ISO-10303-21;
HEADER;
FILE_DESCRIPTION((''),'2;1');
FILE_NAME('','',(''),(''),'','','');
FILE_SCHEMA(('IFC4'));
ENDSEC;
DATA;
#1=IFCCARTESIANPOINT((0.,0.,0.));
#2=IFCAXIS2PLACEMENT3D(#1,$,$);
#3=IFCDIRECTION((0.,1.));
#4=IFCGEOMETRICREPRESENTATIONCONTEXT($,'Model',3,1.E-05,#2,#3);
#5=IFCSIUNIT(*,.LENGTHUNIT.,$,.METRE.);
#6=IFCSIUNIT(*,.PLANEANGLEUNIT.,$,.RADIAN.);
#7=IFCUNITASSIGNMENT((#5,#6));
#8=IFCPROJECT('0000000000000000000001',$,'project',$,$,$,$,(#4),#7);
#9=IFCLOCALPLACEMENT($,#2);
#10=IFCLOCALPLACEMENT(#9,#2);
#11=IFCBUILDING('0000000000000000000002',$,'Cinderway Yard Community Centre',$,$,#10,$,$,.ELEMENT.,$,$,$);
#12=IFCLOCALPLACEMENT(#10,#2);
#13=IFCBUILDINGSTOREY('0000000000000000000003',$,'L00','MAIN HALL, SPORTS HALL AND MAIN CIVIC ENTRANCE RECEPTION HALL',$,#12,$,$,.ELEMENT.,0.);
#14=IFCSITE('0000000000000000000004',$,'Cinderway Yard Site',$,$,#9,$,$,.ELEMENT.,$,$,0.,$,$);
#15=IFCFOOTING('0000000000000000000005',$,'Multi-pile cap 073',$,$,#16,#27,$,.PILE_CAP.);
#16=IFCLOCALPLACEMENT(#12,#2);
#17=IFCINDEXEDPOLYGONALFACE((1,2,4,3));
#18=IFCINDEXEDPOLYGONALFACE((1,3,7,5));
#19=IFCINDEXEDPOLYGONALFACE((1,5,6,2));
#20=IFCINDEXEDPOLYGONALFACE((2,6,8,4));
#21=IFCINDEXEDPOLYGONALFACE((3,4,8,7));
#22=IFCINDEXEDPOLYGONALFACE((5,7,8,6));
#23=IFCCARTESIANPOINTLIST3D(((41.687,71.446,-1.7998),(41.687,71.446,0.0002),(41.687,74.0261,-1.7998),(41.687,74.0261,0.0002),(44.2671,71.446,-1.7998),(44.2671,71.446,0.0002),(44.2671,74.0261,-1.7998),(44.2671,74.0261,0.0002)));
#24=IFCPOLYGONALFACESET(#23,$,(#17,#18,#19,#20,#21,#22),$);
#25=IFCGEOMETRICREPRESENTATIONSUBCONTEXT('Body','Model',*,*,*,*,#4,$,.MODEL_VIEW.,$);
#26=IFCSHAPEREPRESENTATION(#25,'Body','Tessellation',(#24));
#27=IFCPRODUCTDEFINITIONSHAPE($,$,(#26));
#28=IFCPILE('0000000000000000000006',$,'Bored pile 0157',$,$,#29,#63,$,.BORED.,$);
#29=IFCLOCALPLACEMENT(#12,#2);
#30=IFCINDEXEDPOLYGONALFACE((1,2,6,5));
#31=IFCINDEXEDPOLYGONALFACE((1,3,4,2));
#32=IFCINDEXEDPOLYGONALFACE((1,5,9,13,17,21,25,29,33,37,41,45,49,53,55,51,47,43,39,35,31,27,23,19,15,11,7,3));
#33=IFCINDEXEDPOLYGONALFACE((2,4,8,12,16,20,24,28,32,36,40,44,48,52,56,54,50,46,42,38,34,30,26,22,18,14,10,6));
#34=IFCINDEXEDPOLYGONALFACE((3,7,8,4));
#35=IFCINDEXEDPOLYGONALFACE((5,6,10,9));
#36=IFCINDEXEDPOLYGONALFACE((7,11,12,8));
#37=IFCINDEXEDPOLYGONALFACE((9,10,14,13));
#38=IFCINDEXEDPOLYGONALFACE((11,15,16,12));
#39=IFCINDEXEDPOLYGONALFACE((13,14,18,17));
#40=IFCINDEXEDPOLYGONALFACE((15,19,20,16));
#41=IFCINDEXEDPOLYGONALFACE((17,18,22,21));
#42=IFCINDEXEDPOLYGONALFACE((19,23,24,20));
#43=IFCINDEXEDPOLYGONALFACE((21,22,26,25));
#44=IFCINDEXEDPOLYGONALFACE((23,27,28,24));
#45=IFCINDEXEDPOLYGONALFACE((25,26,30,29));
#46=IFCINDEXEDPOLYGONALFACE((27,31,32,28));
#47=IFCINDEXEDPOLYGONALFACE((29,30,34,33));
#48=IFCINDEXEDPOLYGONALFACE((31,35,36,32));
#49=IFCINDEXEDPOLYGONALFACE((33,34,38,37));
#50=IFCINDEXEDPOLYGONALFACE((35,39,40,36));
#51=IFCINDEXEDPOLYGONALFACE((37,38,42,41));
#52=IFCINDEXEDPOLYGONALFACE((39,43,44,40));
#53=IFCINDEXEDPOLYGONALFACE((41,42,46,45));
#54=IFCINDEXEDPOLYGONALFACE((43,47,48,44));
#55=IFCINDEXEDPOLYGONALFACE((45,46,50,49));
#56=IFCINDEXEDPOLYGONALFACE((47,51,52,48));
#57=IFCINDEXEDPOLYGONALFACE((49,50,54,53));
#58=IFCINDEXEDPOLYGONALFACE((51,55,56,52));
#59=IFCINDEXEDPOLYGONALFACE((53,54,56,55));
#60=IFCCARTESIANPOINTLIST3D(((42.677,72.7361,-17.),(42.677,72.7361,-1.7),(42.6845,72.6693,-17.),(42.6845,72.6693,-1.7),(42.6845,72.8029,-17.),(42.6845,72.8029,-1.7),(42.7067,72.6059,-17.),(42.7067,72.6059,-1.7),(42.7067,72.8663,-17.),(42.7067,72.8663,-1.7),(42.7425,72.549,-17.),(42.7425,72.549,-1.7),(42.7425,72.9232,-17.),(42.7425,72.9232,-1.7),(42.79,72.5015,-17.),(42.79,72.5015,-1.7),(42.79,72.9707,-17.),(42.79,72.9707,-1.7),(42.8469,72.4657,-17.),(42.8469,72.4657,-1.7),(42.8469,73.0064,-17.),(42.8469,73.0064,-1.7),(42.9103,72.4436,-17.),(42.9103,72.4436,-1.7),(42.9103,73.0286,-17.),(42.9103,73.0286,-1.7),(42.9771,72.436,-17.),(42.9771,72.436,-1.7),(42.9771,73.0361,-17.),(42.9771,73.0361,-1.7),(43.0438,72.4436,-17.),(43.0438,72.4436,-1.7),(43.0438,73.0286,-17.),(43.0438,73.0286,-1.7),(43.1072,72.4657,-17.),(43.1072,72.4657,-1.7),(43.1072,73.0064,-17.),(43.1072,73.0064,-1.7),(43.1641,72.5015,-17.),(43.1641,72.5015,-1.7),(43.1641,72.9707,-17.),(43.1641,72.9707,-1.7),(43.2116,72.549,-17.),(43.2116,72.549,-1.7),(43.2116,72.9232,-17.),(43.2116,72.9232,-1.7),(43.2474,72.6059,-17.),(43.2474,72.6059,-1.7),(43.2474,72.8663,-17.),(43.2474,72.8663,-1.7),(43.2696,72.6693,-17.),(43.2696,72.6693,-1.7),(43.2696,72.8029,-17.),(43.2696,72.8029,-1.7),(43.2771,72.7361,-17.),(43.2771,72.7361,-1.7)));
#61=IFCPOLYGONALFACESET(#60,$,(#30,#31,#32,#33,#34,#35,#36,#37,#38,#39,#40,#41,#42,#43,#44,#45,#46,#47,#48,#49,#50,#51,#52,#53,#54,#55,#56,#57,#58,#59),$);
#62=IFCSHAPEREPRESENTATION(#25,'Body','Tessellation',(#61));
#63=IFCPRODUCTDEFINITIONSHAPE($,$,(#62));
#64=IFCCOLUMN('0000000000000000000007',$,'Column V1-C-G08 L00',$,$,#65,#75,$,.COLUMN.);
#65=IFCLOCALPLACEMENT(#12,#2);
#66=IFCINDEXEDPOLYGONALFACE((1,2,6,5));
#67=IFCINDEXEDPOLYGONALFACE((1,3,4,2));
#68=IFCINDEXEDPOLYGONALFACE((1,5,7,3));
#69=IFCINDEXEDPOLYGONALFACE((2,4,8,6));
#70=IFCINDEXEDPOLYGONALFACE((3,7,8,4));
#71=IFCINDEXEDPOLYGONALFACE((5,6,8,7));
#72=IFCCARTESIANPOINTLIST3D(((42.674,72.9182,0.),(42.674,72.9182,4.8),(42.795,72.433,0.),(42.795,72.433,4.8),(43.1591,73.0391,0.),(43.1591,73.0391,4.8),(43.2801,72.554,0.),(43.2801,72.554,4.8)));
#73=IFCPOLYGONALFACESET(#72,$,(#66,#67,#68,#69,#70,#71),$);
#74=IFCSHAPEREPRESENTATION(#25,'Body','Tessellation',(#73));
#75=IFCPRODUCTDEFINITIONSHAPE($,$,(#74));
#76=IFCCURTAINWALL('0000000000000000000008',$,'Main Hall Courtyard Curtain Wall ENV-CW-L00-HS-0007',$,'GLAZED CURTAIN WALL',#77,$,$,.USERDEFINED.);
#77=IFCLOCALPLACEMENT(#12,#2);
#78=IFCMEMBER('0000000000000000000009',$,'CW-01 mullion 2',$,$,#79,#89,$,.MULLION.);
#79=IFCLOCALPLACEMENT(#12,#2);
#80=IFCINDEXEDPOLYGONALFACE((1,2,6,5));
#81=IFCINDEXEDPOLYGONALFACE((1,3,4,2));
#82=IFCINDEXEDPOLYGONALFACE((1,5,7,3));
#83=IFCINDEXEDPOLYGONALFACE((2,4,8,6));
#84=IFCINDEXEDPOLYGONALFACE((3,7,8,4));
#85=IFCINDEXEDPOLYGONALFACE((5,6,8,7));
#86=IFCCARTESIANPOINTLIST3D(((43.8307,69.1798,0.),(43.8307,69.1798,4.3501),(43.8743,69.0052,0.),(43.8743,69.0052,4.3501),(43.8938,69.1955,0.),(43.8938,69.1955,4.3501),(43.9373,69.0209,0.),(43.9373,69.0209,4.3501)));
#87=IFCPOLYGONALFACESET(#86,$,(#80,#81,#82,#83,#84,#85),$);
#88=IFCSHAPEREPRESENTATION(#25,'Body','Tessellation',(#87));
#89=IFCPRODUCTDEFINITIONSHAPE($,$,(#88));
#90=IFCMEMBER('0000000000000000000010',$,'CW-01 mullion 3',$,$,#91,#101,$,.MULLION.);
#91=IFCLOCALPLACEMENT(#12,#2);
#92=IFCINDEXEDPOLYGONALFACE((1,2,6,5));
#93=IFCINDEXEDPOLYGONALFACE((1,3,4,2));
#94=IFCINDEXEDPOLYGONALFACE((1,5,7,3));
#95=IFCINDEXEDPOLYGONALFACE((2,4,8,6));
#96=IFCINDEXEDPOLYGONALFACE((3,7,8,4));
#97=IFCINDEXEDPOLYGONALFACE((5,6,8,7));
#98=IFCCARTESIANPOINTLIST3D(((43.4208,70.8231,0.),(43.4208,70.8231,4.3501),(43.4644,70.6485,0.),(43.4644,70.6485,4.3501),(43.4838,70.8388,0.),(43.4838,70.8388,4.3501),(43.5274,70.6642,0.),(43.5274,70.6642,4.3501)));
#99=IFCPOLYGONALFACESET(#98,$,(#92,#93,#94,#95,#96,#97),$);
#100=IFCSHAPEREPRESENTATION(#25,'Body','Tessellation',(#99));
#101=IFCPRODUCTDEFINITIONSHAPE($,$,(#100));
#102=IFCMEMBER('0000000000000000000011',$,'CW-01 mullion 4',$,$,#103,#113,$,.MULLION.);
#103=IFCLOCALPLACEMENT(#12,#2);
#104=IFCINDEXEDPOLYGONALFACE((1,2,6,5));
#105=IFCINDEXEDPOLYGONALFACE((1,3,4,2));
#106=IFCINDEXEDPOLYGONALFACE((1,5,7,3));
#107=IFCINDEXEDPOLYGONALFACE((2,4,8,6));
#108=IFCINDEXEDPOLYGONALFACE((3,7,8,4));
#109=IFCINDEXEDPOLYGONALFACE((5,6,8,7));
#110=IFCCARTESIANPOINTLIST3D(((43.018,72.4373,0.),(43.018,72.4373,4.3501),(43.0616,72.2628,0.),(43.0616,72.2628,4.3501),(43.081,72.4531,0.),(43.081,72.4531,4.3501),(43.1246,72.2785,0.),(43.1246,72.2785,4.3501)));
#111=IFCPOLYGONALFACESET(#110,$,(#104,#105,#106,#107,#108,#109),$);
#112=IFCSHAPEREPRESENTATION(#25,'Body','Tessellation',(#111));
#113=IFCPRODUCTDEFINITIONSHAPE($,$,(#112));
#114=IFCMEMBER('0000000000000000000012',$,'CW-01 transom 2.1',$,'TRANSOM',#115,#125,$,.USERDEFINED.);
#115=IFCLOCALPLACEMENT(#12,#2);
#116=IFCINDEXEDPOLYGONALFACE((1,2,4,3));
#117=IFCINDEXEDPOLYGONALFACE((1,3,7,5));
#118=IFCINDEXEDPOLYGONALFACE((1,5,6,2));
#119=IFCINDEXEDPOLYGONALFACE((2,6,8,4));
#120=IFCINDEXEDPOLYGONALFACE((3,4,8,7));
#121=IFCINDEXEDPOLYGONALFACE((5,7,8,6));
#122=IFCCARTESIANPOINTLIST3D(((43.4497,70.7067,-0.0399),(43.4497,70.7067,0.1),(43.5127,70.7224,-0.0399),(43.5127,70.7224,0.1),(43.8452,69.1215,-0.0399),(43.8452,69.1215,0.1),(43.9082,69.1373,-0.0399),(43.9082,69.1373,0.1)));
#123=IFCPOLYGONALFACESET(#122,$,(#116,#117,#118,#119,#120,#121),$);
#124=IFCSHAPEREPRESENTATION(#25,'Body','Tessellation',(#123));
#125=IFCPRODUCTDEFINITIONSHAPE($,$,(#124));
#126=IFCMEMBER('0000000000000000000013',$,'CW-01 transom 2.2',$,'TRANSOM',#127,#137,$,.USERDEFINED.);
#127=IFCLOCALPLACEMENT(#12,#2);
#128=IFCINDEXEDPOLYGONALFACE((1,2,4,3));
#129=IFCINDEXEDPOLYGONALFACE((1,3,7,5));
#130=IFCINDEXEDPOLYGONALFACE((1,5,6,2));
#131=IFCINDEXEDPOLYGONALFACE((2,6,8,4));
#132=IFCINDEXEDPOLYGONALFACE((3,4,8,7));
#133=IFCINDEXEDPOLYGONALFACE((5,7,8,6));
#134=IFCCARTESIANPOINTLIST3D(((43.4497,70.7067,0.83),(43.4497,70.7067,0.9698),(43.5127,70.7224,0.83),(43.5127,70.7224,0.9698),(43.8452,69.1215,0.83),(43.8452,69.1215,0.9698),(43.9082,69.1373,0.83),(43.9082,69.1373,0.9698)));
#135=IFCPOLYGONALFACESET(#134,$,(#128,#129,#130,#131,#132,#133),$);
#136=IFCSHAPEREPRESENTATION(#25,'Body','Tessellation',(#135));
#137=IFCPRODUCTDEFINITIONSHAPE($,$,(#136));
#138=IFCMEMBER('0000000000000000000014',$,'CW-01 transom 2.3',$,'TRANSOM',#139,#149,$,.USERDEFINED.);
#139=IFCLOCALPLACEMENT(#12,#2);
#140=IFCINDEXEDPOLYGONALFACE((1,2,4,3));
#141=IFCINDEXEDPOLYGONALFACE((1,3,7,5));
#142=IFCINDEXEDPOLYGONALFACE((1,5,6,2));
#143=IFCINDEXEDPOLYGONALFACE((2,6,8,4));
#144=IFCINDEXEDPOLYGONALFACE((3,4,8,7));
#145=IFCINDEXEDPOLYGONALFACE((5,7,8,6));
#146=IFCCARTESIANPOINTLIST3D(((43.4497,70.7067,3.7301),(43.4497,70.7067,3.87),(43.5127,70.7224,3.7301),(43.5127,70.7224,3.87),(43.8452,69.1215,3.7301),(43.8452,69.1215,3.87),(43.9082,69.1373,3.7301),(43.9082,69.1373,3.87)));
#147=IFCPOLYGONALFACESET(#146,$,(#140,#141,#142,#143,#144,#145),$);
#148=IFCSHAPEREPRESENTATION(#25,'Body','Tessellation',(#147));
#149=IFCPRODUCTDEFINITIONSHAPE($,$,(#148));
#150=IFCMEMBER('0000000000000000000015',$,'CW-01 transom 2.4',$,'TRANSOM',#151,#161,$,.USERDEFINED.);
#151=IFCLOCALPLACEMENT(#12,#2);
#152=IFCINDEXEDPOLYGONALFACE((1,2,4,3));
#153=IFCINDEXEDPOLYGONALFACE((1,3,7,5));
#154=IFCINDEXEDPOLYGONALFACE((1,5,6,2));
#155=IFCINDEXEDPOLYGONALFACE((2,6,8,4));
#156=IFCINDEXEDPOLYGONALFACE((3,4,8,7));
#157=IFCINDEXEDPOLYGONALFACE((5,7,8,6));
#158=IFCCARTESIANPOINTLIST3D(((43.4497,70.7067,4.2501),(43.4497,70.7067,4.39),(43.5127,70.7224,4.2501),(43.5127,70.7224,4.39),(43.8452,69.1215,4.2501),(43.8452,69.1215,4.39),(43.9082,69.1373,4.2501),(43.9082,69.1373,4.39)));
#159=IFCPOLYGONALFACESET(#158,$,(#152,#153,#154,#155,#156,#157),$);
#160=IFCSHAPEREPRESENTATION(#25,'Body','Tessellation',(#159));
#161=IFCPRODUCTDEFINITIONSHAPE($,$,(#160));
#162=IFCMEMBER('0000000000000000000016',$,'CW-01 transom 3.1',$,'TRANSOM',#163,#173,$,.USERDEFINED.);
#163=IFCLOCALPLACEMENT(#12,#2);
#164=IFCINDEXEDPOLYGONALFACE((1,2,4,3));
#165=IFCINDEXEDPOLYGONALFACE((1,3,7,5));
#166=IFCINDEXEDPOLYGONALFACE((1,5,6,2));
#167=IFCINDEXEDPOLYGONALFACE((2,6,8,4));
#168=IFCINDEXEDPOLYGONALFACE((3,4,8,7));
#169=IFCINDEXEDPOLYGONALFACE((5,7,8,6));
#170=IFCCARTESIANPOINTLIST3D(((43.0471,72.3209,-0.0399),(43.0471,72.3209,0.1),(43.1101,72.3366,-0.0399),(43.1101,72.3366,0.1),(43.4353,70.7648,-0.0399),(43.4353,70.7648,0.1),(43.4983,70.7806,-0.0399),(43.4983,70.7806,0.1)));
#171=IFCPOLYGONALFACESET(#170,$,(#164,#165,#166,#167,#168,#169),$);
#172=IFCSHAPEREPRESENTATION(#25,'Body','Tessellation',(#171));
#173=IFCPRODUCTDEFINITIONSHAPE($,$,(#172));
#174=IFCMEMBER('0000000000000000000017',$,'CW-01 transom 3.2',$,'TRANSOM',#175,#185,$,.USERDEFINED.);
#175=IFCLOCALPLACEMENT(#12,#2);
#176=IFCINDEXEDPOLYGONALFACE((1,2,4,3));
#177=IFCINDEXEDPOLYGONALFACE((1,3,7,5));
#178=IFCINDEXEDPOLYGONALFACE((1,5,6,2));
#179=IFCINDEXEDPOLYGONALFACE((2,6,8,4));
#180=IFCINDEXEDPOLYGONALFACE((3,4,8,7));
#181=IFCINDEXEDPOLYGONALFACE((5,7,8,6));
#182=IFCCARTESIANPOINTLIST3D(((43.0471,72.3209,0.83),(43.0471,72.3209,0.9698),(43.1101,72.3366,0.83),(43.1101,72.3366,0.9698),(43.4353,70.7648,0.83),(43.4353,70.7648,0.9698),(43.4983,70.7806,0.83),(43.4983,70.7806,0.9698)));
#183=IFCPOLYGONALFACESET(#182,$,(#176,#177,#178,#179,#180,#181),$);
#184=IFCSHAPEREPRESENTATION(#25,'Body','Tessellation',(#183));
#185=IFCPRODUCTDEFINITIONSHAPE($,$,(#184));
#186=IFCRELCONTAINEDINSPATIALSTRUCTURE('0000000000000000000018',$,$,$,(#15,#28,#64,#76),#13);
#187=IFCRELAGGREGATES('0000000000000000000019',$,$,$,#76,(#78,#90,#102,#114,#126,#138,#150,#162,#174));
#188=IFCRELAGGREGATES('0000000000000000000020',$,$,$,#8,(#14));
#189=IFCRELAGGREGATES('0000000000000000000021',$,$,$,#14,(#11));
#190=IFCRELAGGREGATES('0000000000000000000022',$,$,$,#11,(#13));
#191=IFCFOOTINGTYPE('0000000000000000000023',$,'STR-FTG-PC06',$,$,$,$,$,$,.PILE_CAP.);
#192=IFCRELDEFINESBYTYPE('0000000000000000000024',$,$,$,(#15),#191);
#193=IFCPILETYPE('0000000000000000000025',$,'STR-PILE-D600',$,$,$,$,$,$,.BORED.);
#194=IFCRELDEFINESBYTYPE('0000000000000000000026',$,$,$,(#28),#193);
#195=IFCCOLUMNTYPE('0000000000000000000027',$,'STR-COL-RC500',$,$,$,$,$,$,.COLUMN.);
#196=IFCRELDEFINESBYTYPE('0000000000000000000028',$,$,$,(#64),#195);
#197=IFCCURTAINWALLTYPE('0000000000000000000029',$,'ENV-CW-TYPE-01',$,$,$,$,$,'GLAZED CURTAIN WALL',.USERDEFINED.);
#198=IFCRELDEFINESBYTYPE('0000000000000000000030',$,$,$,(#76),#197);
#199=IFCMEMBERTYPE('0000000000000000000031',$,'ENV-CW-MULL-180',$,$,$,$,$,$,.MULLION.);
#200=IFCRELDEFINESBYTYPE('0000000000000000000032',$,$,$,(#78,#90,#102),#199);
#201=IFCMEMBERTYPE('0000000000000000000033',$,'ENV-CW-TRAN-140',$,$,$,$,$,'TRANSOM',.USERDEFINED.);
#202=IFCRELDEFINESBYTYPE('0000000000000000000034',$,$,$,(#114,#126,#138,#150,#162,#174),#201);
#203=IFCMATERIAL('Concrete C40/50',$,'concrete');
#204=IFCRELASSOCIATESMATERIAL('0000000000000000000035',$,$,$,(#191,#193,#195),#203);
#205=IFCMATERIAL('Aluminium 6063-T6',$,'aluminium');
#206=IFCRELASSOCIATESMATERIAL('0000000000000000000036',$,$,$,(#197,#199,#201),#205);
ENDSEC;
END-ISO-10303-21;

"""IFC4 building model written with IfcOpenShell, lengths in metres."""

from ifc_helpers import new_model, si_unit, direction, frame, origin, origin_2d, place, context, subcontext, project, spatial, rectangle, circle, extrude, material, material_profile, profile_set, type_object, element, aggregate, save


model = new_model("IFC4")

# Units and contexts
model_context = context("Model", 3, precision=1e-05, world=origin(), true_north=direction((0.0, 1.0)))
body_context = subcontext(model_context, "Body", "Model", "MODEL_VIEW")
ifc_project = project(units=[si_unit("LENGTHUNIT", "METRE"), si_unit("PLANEANGLEUNIT", "RADIAN")], contexts=[model_context])

# Site, building, storey
site_placement = place(None, origin())
site = spatial("IfcSite", under=ifc_project, at=site_placement, Name="Cinderway Yard Site", CompositionType="ELEMENT", RefElevation=0.0)
building_placement = place(site_placement, origin())
building = spatial("IfcBuilding", under=site, at=building_placement, Name="Cinderway Yard Community Centre", CompositionType="ELEMENT")
storey_placement = place(building_placement, origin())
storey = spatial("IfcBuildingStorey", under=building, at=storey_placement, Name="L00", Description="MAIN HALL, SPORTS HALL AND MAIN CIVIC ENTRANCE RECEPTION HALL", CompositionType="ELEMENT", Elevation=0.0)

# Footing
ifc_material_1 = material(Name="Concrete C40/50", Category="concrete")
footing_type = type_object("IfcFootingType", Name="STR-FTG-PC06", PredefinedType="PILE_CAP", material=ifc_material_1)
footing_placement = place(storey_placement, frame((42.9771, 72.7361, -1.7998), z_axis=(0.0, 0.0, 1.0), x_axis=(1.0, 0.0, 0.0)))
element("IfcFooting", 1, at=footing_placement, inside=storey, type_object=footing_type, Name="Multi-pile cap 073", PredefinedType="PILE_CAP", context=body_context, shape_type="SweptSolid", body=[
    extrude(rectangle(XDim=2.5801, YDim=2.5801, at=origin_2d()), origin(), (0.0, 0.0, 1.0), 1.8),
])

# Pile
ifc_material_profile_1 = material_profile(ifc_material_1, circle(Radius=0.3, at=origin_2d()), Name="Concrete C40/50")
ifc_profile_set_1 = profile_set([ifc_material_profile_1], Name="Concrete C40/50")
pile_type = type_object("IfcPileType", Name="STR-PILE-D600", PredefinedType="BORED", material=ifc_profile_set_1)
pile_placement = place(storey_placement, frame((42.9771, 72.7361, -1.7), z_axis=(0.0, 0.0, -1.0), x_axis=(1.0, 0.0, 0.0)))
element("IfcPile", 2, at=pile_placement, inside=storey, type_object=pile_type, Name="Bored pile 0157", PredefinedType="BORED", context=body_context, shape_type="SweptSolid", body=[
    extrude(circle(Radius=0.3, at=origin_2d()), origin(), (0.0, 0.0, 1.0), 15.3),
])

# Column
ifc_material_profile_2 = material_profile(ifc_material_1, rectangle(XDim=0.5, YDim=0.5, at=origin_2d()), Name="Concrete C40/50")
ifc_profile_set_2 = profile_set([ifc_material_profile_2], Name="Concrete C40/50")
column_type = type_object("IfcColumnType", Name="STR-COL-RC500", PredefinedType="COLUMN", material=ifc_profile_set_2)
column_placement = place(storey_placement, frame((42.9771, 72.7361, 0.0), z_axis=(0.0, 0.0, 1.0), x_axis=(0.970296, 0.241922, 0.0)))
element("IfcColumn", 3, at=column_placement, inside=storey, type_object=column_type, Name="Column V1-C-G08 L00", PredefinedType="COLUMN", context=body_context, shape_type="SweptSolid", body=[
    extrude(rectangle(XDim=0.5, YDim=0.5, at=origin_2d()), origin(), (0.0, 0.0, 1.0), 4.8),
])

# Curtain wall, members
ifc_material_2 = material(Name="Aluminium 6063-T6", Category="aluminium")
curtain_wall_type = type_object("IfcCurtainWallType", Name="ENV-CW-TYPE-01", ElementType="GLAZED CURTAIN WALL", PredefinedType="USERDEFINED", material=ifc_material_2)
curtain_wall_placement = place(storey_placement, origin())
curtain_wall = element("IfcCurtainWall", 4, at=curtain_wall_placement, inside=storey, type_object=curtain_wall_type, Name="Main Hall Courtyard Curtain Wall ENV-CW-L00-HS-0007", ObjectType="GLAZED CURTAIN WALL", PredefinedType="USERDEFINED")
ifc_material_profile_3 = material_profile(ifc_material_2, rectangle(XDim=0.0649, YDim=0.1799, at=origin_2d()), Name="Aluminium 6063-T6")
ifc_profile_set_3 = profile_set([ifc_material_profile_3], Name="Aluminium 6063-T6")
member_type_1 = type_object("IfcMemberType", Name="ENV-CW-MULL-180", PredefinedType="MULLION", material=ifc_profile_set_3)
member_1_placement = place(storey_placement, frame((43.884, 69.1003, 0.0), z_axis=(0.0, 0.0, 1.0), x_axis=(-0.970258, -0.242073, 0.0)))
member_1 = element("IfcMember", 5, at=member_1_placement, type_object=member_type_1, Name="CW-01 mullion 2", PredefinedType="MULLION", context=body_context, shape_type="SweptSolid", body=[
    extrude(rectangle(XDim=0.0649, YDim=0.1799, at=origin_2d()), origin(), (0.0, 0.0, 1.0), 4.3501),
])
member_2_placement = place(storey_placement, frame((43.4741, 70.7437, 0.0), z_axis=(0.0, 0.0, 1.0), x_axis=(-0.970258, -0.242073, 0.0)))
member_2 = element("IfcMember", 6, at=member_2_placement, type_object=member_type_1, Name="CW-01 mullion 3", PredefinedType="MULLION", context=body_context, shape_type="SweptSolid", body=[
    extrude(rectangle(XDim=0.0649, YDim=0.1799, at=origin_2d()), origin(), (0.0, 0.0, 1.0), 4.3501),
])
member_3_placement = place(storey_placement, frame((43.0713, 72.3579, 0.0), z_axis=(0.0, 0.0, 1.0), x_axis=(-0.970258, -0.242073, 0.0)))
member_3 = element("IfcMember", 7, at=member_3_placement, type_object=member_type_1, Name="CW-01 mullion 4", PredefinedType="MULLION", context=body_context, shape_type="SweptSolid", body=[
    extrude(rectangle(XDim=0.0649, YDim=0.1799, at=origin_2d()), origin(), (0.0, 0.0, 1.0), 4.3501),
])
ifc_material_profile_4 = material_profile(ifc_material_2, rectangle(XDim=0.0649, YDim=0.1399, at=origin_2d()), Name="Aluminium 6063-T6")
ifc_profile_set_4 = profile_set([ifc_material_profile_4], Name="Aluminium 6063-T6")
member_type_2 = type_object("IfcMemberType", Name="ENV-CW-TRAN-140", ElementType="TRANSOM", PredefinedType="USERDEFINED", material=ifc_profile_set_4)
member_4_placement = place(storey_placement, frame((43.8767, 69.1294, 0.03), z_axis=(-0.242079, 0.970257, 0.0), x_axis=(-0.970257, -0.242079, 0.0)))
member_4 = element("IfcMember", 8, at=member_4_placement, type_object=member_type_2, Name="CW-01 transom 2.1", ObjectType="TRANSOM", PredefinedType="USERDEFINED", context=body_context, shape_type="SweptSolid", body=[
    extrude(rectangle(XDim=0.0649, YDim=0.1399, at=origin_2d()), origin(), (0.0, 0.0, 1.0), 1.6338),
])
member_5_placement = place(storey_placement, frame((43.8767, 69.1294, 0.8999), z_axis=(-0.242079, 0.970257, 0.0), x_axis=(-0.970257, -0.242079, 0.0)))
member_5 = element("IfcMember", 9, at=member_5_placement, type_object=member_type_2, Name="CW-01 transom 2.2", ObjectType="TRANSOM", PredefinedType="USERDEFINED", context=body_context, shape_type="SweptSolid", body=[
    extrude(rectangle(XDim=0.0649, YDim=0.1399, at=origin_2d()), origin(), (0.0, 0.0, 1.0), 1.6338),
])
member_6_placement = place(storey_placement, frame((43.8767, 69.1294, 3.8), z_axis=(-0.242079, 0.970257, 0.0), x_axis=(-0.970257, -0.242079, 0.0)))
member_6 = element("IfcMember", 10, at=member_6_placement, type_object=member_type_2, Name="CW-01 transom 2.3", ObjectType="TRANSOM", PredefinedType="USERDEFINED", context=body_context, shape_type="SweptSolid", body=[
    extrude(rectangle(XDim=0.0649, YDim=0.1399, at=origin_2d()), origin(), (0.0, 0.0, 1.0), 1.6338),
])
member_7_placement = place(storey_placement, frame((43.8767, 69.1294, 4.3201), z_axis=(-0.242079, 0.970257, 0.0), x_axis=(-0.970257, -0.242079, 0.0)))
member_7 = element("IfcMember", 11, at=member_7_placement, type_object=member_type_2, Name="CW-01 transom 2.4", ObjectType="TRANSOM", PredefinedType="USERDEFINED", context=body_context, shape_type="SweptSolid", body=[
    extrude(rectangle(XDim=0.0649, YDim=0.1399, at=origin_2d()), origin(), (0.0, 0.0, 1.0), 1.6338),
])
member_8_placement = place(storey_placement, frame((43.4668, 70.7727, 0.03), z_axis=(-0.242034, 0.970268, 0.0), x_axis=(-0.970268, -0.242034, 0.0)))
member_8 = element("IfcMember", 12, at=member_8_placement, type_object=member_type_2, Name="CW-01 transom 3.1", ObjectType="TRANSOM", PredefinedType="USERDEFINED", context=body_context, shape_type="SweptSolid", body=[
    extrude(rectangle(XDim=0.0649, YDim=0.1399, at=origin_2d()), origin(), (0.0, 0.0, 1.0), 1.6038),
])
member_9_placement = place(storey_placement, frame((43.4668, 70.7727, 0.8999), z_axis=(-0.242034, 0.970268, 0.0), x_axis=(-0.970268, -0.242034, 0.0)))
member_9 = element("IfcMember", 13, at=member_9_placement, type_object=member_type_2, Name="CW-01 transom 3.2", ObjectType="TRANSOM", PredefinedType="USERDEFINED", context=body_context, shape_type="SweptSolid", body=[
    extrude(rectangle(XDim=0.0649, YDim=0.1399, at=origin_2d()), origin(), (0.0, 0.0, 1.0), 1.6038),
])
aggregate(curtain_wall, [member_1, member_2, member_3, member_4, member_5, member_6, member_7, member_8, member_9])

save(model, "model.ifc")
